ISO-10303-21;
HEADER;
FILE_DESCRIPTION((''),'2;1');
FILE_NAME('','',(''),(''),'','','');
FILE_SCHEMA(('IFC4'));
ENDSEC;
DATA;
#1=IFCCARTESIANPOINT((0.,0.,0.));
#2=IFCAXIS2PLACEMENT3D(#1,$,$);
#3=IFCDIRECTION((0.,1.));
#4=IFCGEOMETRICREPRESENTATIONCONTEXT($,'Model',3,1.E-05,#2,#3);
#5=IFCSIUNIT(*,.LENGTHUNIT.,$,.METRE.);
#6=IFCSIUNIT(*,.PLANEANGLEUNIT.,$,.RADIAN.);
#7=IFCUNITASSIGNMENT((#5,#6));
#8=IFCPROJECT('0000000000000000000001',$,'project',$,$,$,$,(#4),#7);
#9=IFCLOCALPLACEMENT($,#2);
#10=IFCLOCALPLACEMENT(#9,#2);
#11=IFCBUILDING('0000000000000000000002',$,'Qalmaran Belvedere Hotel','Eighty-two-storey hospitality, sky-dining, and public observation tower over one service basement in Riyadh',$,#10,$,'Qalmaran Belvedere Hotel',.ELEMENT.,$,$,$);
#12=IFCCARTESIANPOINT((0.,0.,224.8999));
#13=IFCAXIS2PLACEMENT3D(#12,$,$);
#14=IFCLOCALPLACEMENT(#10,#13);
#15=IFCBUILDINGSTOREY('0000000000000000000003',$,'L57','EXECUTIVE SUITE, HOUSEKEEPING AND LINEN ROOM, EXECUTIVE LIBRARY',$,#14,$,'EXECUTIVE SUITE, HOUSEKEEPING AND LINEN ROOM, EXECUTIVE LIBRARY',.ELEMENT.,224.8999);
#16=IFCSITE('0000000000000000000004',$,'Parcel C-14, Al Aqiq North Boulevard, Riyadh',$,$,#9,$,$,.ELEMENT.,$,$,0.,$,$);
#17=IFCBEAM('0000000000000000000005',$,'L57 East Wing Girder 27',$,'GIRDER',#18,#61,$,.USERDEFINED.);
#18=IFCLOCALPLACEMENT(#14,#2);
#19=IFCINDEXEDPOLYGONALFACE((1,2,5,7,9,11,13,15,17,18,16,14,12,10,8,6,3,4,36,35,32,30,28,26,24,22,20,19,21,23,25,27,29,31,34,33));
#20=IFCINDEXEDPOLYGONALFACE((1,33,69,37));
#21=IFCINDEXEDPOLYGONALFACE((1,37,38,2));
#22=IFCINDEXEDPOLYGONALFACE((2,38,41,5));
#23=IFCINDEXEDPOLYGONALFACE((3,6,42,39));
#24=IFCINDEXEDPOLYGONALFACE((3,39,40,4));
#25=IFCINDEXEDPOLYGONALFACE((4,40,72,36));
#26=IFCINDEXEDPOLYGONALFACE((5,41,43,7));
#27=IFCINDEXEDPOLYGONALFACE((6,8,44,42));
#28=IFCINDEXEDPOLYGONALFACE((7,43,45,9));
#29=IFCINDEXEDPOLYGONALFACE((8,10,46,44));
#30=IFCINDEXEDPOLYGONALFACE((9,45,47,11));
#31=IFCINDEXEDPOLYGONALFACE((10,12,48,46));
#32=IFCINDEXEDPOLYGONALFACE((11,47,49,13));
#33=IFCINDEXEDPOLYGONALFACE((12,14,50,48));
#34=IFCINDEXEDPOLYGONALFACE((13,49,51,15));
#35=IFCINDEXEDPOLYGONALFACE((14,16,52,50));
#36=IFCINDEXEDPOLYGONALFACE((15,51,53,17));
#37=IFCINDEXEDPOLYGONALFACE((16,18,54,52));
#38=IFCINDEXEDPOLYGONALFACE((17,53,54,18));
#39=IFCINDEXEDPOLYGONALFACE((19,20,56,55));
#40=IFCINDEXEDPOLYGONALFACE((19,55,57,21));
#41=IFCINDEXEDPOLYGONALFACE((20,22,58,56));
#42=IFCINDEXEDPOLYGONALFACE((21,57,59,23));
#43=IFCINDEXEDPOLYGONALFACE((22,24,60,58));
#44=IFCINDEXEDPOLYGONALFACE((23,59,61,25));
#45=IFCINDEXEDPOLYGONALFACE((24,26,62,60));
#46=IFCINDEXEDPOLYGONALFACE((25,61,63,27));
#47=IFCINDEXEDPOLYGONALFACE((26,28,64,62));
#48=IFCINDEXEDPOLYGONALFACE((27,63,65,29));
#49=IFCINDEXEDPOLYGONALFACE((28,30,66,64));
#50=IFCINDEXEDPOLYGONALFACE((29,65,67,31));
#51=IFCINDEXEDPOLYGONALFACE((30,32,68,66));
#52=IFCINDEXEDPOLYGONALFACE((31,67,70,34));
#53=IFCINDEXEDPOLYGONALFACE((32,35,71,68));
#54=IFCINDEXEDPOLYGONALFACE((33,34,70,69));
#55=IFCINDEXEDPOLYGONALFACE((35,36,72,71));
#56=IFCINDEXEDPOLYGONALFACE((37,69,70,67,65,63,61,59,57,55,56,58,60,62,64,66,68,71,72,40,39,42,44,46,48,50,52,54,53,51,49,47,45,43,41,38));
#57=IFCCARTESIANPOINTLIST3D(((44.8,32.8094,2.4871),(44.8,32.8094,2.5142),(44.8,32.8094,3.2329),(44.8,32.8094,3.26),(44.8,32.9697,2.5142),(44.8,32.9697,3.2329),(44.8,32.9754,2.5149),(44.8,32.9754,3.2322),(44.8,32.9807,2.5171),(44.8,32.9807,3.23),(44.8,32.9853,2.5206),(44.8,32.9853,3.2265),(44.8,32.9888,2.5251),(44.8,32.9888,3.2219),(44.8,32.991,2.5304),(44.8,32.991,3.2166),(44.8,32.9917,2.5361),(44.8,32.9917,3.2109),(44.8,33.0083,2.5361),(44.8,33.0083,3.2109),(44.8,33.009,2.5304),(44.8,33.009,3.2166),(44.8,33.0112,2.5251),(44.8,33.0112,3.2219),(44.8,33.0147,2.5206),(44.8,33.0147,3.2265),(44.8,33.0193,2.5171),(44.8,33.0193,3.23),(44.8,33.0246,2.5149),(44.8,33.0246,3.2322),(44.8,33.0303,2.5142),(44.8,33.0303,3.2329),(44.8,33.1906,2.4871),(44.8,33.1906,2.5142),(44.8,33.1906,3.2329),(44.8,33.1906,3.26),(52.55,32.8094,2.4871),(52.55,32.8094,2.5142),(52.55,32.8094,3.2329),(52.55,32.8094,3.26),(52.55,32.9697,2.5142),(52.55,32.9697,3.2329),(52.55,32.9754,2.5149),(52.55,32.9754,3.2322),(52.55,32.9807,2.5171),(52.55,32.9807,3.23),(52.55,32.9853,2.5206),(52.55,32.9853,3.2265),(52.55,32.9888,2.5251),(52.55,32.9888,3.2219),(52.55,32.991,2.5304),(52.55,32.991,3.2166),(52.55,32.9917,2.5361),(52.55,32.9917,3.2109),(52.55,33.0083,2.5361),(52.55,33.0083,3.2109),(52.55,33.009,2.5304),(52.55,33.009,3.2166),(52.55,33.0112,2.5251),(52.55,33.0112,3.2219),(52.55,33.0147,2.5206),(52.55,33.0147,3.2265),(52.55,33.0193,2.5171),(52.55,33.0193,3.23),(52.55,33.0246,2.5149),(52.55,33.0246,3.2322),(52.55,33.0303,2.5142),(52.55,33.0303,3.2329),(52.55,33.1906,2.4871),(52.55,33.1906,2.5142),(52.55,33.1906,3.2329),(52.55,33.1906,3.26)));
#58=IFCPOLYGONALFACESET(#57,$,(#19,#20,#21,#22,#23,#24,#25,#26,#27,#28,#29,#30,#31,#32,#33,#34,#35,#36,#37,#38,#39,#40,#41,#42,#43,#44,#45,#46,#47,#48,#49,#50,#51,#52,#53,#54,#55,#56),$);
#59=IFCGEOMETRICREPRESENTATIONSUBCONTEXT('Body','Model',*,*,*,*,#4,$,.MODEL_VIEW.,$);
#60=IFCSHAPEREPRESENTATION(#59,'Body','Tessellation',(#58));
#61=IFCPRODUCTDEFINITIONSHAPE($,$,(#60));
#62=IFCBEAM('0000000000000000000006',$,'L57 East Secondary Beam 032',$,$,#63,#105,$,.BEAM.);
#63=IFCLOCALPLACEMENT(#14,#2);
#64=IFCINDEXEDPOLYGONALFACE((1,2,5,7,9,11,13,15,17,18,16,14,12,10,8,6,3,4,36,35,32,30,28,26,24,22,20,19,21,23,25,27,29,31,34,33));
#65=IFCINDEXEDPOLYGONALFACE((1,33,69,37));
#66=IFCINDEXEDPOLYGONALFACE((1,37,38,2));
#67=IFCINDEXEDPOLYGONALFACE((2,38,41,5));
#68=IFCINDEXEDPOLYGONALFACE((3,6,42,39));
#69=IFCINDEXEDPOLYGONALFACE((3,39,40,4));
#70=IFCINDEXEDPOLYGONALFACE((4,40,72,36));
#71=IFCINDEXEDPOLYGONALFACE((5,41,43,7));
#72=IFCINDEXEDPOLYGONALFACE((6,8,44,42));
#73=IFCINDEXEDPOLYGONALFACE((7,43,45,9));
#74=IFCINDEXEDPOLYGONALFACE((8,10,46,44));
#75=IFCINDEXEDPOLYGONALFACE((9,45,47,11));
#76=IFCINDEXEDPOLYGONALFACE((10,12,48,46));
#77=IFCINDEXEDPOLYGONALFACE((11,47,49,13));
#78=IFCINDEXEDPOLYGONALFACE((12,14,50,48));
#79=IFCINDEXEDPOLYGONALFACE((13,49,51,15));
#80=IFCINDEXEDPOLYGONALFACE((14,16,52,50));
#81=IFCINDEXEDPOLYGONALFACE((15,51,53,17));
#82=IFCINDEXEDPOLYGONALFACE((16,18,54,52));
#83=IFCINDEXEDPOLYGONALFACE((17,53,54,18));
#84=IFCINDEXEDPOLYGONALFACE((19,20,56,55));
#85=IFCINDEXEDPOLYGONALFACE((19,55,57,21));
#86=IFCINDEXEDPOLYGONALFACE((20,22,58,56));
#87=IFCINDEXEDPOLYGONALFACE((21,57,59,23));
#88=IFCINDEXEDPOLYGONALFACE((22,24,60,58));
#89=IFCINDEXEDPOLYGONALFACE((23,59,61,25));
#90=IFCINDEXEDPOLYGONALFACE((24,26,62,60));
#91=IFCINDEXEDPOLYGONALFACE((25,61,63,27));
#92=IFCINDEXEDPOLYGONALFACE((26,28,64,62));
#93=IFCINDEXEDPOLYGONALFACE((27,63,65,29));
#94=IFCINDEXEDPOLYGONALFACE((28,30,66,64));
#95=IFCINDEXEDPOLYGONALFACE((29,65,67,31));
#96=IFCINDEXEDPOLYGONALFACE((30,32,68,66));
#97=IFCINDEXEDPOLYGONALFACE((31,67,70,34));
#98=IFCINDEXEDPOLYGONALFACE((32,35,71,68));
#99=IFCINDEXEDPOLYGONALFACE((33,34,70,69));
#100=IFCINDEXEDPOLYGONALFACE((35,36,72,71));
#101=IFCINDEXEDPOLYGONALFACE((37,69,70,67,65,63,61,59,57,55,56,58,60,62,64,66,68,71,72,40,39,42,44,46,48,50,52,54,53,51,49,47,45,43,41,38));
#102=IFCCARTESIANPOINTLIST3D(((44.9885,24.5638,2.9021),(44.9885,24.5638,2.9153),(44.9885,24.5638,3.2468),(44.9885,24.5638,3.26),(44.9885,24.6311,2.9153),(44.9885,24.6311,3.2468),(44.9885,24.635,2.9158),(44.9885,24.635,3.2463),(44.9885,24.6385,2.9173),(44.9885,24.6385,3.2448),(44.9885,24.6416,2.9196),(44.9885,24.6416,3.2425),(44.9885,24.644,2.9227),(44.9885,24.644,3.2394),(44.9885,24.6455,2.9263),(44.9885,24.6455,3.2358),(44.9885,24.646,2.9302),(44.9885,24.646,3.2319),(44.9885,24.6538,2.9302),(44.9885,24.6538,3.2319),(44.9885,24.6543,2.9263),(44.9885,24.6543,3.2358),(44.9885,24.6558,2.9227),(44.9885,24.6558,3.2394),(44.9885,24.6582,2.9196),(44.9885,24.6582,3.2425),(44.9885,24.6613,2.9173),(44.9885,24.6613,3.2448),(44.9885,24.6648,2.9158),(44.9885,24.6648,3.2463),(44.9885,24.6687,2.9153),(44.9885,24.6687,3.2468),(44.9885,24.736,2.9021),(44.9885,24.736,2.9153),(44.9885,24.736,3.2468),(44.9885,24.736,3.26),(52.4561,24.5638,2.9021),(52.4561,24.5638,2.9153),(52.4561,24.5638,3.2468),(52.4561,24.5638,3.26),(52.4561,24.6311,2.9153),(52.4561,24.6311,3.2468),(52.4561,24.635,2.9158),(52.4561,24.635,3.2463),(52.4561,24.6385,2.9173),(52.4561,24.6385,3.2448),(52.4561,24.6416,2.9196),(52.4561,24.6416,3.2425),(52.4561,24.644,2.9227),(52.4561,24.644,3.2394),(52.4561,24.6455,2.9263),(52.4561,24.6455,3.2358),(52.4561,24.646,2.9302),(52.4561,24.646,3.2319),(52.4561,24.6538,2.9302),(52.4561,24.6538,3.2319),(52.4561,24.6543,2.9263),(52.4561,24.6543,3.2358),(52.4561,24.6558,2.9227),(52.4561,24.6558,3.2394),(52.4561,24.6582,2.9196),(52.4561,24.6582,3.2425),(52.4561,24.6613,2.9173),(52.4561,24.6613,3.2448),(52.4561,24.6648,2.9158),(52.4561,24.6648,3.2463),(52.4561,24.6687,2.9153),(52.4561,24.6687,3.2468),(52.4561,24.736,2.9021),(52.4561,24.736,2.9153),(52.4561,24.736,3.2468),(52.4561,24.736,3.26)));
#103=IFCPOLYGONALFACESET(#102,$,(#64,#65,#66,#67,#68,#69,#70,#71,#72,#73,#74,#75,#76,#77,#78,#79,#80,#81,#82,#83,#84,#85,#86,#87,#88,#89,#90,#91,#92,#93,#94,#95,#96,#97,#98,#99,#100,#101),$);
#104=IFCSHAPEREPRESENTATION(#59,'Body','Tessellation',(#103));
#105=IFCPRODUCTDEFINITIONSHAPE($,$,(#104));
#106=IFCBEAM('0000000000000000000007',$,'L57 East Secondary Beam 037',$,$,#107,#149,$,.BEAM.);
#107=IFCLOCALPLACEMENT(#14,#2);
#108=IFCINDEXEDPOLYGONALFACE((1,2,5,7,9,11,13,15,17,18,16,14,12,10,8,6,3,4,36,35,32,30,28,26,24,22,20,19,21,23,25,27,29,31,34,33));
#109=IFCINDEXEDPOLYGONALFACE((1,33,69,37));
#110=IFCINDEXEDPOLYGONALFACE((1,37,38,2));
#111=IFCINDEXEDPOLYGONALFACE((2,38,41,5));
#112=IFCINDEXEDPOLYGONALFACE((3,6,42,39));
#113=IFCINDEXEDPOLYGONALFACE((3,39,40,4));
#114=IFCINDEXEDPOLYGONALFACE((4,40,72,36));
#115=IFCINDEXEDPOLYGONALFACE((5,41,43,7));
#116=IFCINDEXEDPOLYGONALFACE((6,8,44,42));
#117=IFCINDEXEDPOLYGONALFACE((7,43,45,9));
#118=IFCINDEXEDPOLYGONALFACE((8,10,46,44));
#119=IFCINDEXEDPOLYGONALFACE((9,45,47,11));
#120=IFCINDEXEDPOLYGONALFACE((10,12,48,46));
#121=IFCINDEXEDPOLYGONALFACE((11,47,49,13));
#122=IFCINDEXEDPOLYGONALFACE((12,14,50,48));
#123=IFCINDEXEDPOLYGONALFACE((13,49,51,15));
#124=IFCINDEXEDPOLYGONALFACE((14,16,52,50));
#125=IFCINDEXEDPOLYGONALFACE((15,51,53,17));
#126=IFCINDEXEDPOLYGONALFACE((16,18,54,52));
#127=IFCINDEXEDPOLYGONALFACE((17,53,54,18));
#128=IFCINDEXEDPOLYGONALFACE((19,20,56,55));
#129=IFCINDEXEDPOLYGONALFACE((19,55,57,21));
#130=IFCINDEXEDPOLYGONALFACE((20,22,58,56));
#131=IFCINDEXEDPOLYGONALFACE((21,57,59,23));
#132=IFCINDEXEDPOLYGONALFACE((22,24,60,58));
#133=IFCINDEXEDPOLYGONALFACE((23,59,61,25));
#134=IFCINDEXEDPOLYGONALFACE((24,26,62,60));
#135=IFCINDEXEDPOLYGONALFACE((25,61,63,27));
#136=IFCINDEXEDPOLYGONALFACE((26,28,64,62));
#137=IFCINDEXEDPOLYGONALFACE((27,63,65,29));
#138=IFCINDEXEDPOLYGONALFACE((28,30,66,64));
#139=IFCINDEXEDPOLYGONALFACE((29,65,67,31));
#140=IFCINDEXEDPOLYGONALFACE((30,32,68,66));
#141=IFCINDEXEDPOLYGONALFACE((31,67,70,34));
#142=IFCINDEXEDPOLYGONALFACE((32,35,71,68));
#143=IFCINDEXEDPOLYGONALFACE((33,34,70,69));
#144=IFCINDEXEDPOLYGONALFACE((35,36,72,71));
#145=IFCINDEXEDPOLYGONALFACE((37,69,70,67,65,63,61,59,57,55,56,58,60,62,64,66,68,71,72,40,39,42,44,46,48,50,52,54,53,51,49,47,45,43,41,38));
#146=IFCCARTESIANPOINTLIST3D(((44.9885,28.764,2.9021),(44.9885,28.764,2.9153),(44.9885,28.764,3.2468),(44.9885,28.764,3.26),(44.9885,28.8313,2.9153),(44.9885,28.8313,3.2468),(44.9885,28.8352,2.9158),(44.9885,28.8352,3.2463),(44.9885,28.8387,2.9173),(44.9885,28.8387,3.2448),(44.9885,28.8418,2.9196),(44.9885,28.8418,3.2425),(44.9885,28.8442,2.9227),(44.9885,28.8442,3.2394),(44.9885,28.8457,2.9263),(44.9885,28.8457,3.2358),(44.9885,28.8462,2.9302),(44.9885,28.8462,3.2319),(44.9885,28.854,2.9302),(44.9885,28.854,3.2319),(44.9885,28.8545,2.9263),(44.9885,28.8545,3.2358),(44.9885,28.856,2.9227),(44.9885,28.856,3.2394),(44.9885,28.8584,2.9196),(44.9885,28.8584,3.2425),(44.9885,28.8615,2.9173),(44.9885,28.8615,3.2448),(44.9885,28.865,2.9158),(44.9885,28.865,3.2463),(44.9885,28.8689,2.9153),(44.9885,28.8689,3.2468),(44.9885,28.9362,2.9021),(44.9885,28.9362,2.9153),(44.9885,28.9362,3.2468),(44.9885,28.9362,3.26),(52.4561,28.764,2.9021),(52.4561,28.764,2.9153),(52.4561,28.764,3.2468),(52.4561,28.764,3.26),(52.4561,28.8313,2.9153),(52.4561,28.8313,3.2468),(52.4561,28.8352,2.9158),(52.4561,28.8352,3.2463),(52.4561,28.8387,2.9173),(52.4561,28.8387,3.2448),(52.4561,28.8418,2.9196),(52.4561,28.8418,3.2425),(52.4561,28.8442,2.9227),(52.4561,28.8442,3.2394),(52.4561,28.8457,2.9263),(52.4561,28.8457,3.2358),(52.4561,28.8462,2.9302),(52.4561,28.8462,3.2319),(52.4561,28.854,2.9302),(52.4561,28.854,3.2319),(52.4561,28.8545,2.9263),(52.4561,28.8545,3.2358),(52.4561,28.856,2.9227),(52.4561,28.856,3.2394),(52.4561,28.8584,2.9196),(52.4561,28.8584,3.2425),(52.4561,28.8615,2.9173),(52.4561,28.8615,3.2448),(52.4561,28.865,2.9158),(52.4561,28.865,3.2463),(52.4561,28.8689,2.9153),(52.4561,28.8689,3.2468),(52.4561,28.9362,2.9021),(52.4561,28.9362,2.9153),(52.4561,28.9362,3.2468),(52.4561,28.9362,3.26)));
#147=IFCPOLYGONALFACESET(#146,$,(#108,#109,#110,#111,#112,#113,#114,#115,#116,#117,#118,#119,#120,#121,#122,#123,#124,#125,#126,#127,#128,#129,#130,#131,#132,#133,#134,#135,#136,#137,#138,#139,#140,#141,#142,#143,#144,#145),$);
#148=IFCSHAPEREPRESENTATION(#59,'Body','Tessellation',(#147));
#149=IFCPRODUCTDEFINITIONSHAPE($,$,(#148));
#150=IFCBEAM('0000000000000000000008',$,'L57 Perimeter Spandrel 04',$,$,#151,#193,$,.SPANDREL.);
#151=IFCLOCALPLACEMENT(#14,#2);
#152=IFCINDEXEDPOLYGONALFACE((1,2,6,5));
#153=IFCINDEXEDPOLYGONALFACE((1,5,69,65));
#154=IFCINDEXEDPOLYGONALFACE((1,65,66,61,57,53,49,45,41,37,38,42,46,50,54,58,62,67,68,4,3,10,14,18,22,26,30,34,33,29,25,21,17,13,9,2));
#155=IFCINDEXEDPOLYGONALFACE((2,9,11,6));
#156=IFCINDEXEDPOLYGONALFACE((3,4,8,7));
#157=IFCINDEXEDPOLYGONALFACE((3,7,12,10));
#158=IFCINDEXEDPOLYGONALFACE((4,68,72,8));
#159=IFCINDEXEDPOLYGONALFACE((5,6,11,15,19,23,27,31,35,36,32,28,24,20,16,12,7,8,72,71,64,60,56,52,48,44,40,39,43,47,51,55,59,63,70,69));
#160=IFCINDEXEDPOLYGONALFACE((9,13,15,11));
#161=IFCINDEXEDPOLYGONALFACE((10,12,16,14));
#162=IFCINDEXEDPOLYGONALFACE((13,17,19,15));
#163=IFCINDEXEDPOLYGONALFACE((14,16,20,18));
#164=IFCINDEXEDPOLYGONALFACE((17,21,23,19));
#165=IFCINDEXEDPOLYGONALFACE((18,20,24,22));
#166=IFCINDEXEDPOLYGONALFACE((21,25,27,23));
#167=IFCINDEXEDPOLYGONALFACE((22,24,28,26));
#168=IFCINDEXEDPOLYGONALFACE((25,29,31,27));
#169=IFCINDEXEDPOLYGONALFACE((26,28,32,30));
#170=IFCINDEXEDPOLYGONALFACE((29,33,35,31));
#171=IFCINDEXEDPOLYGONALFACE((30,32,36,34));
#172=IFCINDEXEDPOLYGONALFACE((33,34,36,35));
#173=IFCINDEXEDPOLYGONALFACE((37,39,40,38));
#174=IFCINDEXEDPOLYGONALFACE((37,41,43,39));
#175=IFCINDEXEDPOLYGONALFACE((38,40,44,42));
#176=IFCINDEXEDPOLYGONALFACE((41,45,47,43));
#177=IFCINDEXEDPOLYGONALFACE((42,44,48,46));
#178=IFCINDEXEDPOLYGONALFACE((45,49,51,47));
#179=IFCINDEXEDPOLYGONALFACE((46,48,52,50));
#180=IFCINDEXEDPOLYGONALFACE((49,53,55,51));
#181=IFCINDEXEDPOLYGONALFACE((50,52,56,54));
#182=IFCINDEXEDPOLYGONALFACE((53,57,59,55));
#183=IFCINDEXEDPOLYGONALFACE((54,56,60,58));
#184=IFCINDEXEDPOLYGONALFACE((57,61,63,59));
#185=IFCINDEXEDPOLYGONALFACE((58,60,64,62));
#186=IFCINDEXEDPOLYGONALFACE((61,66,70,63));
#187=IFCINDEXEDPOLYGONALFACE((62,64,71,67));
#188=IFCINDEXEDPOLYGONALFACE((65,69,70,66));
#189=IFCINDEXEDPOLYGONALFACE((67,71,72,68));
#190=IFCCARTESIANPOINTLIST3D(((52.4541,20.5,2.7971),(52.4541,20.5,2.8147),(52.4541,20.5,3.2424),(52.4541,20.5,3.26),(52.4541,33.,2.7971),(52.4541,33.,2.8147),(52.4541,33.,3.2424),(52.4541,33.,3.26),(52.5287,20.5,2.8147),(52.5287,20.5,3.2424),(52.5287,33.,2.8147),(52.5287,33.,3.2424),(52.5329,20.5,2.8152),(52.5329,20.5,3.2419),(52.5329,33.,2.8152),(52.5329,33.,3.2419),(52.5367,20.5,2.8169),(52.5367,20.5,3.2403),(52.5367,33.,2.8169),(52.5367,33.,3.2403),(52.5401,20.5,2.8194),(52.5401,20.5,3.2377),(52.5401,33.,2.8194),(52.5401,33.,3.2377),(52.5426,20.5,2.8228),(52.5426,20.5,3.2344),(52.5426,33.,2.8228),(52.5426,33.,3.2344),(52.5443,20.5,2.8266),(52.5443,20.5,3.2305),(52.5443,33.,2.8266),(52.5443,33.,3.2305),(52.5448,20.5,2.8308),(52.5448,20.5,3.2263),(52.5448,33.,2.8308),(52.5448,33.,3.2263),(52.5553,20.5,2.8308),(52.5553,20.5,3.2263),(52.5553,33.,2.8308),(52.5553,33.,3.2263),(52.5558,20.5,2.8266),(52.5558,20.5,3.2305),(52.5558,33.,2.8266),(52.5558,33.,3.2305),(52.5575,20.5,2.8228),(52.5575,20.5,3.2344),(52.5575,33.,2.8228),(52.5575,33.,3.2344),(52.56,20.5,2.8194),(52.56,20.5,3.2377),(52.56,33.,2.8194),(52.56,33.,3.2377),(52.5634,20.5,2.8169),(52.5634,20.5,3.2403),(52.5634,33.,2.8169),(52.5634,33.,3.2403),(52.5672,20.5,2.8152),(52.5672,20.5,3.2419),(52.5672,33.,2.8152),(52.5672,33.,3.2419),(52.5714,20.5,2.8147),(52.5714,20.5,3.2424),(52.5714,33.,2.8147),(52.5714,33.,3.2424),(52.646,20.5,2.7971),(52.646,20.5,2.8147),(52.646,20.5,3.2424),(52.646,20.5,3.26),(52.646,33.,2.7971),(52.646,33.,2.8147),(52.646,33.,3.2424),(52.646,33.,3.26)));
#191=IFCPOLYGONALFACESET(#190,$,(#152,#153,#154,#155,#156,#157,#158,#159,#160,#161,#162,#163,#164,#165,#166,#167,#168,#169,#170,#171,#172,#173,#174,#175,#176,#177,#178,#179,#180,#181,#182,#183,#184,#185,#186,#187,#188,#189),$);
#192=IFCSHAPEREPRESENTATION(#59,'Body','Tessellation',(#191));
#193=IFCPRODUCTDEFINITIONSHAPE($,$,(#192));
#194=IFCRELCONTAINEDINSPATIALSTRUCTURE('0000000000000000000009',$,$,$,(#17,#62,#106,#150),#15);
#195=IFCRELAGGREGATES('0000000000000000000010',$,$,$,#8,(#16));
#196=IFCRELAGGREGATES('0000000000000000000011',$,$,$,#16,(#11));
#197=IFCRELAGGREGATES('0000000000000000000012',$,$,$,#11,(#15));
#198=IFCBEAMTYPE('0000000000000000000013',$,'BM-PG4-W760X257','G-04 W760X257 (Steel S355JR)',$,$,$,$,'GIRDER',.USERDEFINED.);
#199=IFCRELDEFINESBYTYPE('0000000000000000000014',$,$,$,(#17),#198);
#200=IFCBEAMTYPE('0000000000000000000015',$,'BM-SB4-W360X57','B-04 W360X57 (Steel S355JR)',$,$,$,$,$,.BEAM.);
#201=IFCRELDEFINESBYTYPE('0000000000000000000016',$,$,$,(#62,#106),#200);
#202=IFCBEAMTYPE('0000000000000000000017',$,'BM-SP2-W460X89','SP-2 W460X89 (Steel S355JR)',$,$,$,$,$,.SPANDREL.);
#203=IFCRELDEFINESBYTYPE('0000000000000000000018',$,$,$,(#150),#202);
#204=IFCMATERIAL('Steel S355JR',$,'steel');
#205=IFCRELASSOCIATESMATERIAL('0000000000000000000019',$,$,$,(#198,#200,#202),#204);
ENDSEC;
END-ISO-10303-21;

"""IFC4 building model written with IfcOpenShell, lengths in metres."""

from ifc_helpers import new_model, si_unit, direction, frame, origin, origin_2d, place, context, subcontext, project, spatial, i_section, extrude, material, material_profile, profile_set, type_object, element, save


model = new_model("IFC4")

# Units and contexts
model_context = context("Model", 3, precision=1e-05, world=origin(), true_north=direction((0.0, 1.0)))
body_context = subcontext(model_context, "Body", "Model", "MODEL_VIEW")
ifc_project = project(units=[si_unit("LENGTHUNIT", "METRE"), si_unit("PLANEANGLEUNIT", "RADIAN")], contexts=[model_context])

# Site, building, storey
site_placement = place(None, origin())
site = spatial("IfcSite", under=ifc_project, at=site_placement, Name="Parcel C-14, Al Aqiq North Boulevard, Riyadh", CompositionType="ELEMENT", RefElevation=0.0)
building_placement = place(site_placement, origin())
building = spatial("IfcBuilding", under=site, at=building_placement, Name="Qalmaran Belvedere Hotel", Description="Eighty-two-storey hospitality, sky-dining, and public observation tower over one service basement in Riyadh", LongName="Qalmaran Belvedere Hotel", CompositionType="ELEMENT")
storey_placement = place(building_placement, frame((0.0, 0.0, 224.8999)))
storey = spatial("IfcBuildingStorey", under=building, at=storey_placement, Name="L57", Description="EXECUTIVE SUITE, HOUSEKEEPING AND LINEN ROOM, EXECUTIVE LIBRARY", LongName="EXECUTIVE SUITE, HOUSEKEEPING AND LINEN ROOM, EXECUTIVE LIBRARY", CompositionType="ELEMENT", Elevation=224.8999)

# Beams
ifc_material_1 = material(Name="Steel S355JR", Category="steel")
ifc_material_profile_1 = material_profile(ifc_material_1, i_section(OverallWidth=0.3811, OverallDepth=0.7729, WebThickness=0.0166, FlangeThickness=0.0271, FilletRadius=0.022, at=origin_2d()), Name="W760X257")
ifc_profile_set_1 = profile_set([ifc_material_profile_1], Name="Steel S355JR")
beam_type_1 = type_object("IfcBeamType", Name="BM-PG4-W760X257", Description="G-04 W760X257 (Steel S355JR)", ElementType="GIRDER", PredefinedType="USERDEFINED", material=ifc_profile_set_1)
for number, where, z_axis, x_axis, name in (
    (1, (44.8, 33.0, 2.8735), (1.0, 0.0, 0.0), (0.0, 1.0, 0.0), "L57 East Wing Girder 27"),
):
    element("IfcBeam", number, at=place(storey_placement, frame(where, z_axis=z_axis, x_axis=x_axis)), inside=storey, type_object=beam_type_1, Name=name, ObjectType="GIRDER", PredefinedType="USERDEFINED", context=body_context, shape_type="SweptSolid", body=[
        extrude(i_section(OverallWidth=0.3811, OverallDepth=0.7729, WebThickness=0.0166, FlangeThickness=0.0271, FilletRadius=0.022, at=origin_2d()), origin(), (0.0, 0.0, 1.0), 7.75),
    ])
ifc_material_profile_2 = material_profile(ifc_material_1, i_section(OverallWidth=0.1721, OverallDepth=0.3579, WebThickness=0.0078, FlangeThickness=0.0132, FilletRadius=0.0149, at=origin_2d()), Name="W360X57")
ifc_profile_set_2 = profile_set([ifc_material_profile_2], Name="Steel S355JR")
beam_type_2 = type_object("IfcBeamType", Name="BM-SB4-W360X57", Description="B-04 W360X57 (Steel S355JR)", PredefinedType="BEAM", material=ifc_profile_set_2)
for number, where, z_axis, x_axis, name in (
    (2, (44.9885, 24.6499, 3.0811), (1.0, 0.0, 0.0), (0.0, 1.0, 0.0), "L57 East Secondary Beam 032"),
    (3, (44.9885, 28.8501, 3.0811), (1.0, 0.0, 0.0), (0.0, 1.0, 0.0), "L57 East Secondary Beam 037"),
):
    element("IfcBeam", number, at=place(storey_placement, frame(where, z_axis=z_axis, x_axis=x_axis)), inside=storey, type_object=beam_type_2, Name=name, PredefinedType="BEAM", context=body_context, shape_type="SweptSolid", body=[
        extrude(i_section(OverallWidth=0.1721, OverallDepth=0.3579, WebThickness=0.0078, FlangeThickness=0.0132, FilletRadius=0.0149, at=origin_2d()), origin(), (0.0, 0.0, 1.0), 7.4675),
    ])
ifc_material_profile_3 = material_profile(ifc_material_1, i_section(OverallWidth=0.1919, OverallDepth=0.4629, WebThickness=0.0105, FlangeThickness=0.0176, FilletRadius=0.0161, at=origin_2d()), Name="W460X89")
ifc_profile_set_3 = profile_set([ifc_material_profile_3], Name="Steel S355JR")
beam_type_3 = type_object("IfcBeamType", Name="BM-SP2-W460X89", Description="SP-2 W460X89 (Steel S355JR)", PredefinedType="SPANDREL", material=ifc_profile_set_3)
beam_1_placement = place(storey_placement, frame((52.55, 20.5, 3.0286), z_axis=(0.0, 1.0, 0.0), x_axis=(-1.0, 0.0, 0.0)))
element("IfcBeam", 4, at=beam_1_placement, inside=storey, type_object=beam_type_3, Name="L57 Perimeter Spandrel 04", PredefinedType="SPANDREL", context=body_context, shape_type="SweptSolid", body=[
    extrude(i_section(OverallWidth=0.1919, OverallDepth=0.4629, WebThickness=0.0105, FlangeThickness=0.0176, FilletRadius=0.0161, at=origin_2d()), origin(), (0.0, 0.0, 1.0), 12.5),
])

save(model, "model.ifc")
